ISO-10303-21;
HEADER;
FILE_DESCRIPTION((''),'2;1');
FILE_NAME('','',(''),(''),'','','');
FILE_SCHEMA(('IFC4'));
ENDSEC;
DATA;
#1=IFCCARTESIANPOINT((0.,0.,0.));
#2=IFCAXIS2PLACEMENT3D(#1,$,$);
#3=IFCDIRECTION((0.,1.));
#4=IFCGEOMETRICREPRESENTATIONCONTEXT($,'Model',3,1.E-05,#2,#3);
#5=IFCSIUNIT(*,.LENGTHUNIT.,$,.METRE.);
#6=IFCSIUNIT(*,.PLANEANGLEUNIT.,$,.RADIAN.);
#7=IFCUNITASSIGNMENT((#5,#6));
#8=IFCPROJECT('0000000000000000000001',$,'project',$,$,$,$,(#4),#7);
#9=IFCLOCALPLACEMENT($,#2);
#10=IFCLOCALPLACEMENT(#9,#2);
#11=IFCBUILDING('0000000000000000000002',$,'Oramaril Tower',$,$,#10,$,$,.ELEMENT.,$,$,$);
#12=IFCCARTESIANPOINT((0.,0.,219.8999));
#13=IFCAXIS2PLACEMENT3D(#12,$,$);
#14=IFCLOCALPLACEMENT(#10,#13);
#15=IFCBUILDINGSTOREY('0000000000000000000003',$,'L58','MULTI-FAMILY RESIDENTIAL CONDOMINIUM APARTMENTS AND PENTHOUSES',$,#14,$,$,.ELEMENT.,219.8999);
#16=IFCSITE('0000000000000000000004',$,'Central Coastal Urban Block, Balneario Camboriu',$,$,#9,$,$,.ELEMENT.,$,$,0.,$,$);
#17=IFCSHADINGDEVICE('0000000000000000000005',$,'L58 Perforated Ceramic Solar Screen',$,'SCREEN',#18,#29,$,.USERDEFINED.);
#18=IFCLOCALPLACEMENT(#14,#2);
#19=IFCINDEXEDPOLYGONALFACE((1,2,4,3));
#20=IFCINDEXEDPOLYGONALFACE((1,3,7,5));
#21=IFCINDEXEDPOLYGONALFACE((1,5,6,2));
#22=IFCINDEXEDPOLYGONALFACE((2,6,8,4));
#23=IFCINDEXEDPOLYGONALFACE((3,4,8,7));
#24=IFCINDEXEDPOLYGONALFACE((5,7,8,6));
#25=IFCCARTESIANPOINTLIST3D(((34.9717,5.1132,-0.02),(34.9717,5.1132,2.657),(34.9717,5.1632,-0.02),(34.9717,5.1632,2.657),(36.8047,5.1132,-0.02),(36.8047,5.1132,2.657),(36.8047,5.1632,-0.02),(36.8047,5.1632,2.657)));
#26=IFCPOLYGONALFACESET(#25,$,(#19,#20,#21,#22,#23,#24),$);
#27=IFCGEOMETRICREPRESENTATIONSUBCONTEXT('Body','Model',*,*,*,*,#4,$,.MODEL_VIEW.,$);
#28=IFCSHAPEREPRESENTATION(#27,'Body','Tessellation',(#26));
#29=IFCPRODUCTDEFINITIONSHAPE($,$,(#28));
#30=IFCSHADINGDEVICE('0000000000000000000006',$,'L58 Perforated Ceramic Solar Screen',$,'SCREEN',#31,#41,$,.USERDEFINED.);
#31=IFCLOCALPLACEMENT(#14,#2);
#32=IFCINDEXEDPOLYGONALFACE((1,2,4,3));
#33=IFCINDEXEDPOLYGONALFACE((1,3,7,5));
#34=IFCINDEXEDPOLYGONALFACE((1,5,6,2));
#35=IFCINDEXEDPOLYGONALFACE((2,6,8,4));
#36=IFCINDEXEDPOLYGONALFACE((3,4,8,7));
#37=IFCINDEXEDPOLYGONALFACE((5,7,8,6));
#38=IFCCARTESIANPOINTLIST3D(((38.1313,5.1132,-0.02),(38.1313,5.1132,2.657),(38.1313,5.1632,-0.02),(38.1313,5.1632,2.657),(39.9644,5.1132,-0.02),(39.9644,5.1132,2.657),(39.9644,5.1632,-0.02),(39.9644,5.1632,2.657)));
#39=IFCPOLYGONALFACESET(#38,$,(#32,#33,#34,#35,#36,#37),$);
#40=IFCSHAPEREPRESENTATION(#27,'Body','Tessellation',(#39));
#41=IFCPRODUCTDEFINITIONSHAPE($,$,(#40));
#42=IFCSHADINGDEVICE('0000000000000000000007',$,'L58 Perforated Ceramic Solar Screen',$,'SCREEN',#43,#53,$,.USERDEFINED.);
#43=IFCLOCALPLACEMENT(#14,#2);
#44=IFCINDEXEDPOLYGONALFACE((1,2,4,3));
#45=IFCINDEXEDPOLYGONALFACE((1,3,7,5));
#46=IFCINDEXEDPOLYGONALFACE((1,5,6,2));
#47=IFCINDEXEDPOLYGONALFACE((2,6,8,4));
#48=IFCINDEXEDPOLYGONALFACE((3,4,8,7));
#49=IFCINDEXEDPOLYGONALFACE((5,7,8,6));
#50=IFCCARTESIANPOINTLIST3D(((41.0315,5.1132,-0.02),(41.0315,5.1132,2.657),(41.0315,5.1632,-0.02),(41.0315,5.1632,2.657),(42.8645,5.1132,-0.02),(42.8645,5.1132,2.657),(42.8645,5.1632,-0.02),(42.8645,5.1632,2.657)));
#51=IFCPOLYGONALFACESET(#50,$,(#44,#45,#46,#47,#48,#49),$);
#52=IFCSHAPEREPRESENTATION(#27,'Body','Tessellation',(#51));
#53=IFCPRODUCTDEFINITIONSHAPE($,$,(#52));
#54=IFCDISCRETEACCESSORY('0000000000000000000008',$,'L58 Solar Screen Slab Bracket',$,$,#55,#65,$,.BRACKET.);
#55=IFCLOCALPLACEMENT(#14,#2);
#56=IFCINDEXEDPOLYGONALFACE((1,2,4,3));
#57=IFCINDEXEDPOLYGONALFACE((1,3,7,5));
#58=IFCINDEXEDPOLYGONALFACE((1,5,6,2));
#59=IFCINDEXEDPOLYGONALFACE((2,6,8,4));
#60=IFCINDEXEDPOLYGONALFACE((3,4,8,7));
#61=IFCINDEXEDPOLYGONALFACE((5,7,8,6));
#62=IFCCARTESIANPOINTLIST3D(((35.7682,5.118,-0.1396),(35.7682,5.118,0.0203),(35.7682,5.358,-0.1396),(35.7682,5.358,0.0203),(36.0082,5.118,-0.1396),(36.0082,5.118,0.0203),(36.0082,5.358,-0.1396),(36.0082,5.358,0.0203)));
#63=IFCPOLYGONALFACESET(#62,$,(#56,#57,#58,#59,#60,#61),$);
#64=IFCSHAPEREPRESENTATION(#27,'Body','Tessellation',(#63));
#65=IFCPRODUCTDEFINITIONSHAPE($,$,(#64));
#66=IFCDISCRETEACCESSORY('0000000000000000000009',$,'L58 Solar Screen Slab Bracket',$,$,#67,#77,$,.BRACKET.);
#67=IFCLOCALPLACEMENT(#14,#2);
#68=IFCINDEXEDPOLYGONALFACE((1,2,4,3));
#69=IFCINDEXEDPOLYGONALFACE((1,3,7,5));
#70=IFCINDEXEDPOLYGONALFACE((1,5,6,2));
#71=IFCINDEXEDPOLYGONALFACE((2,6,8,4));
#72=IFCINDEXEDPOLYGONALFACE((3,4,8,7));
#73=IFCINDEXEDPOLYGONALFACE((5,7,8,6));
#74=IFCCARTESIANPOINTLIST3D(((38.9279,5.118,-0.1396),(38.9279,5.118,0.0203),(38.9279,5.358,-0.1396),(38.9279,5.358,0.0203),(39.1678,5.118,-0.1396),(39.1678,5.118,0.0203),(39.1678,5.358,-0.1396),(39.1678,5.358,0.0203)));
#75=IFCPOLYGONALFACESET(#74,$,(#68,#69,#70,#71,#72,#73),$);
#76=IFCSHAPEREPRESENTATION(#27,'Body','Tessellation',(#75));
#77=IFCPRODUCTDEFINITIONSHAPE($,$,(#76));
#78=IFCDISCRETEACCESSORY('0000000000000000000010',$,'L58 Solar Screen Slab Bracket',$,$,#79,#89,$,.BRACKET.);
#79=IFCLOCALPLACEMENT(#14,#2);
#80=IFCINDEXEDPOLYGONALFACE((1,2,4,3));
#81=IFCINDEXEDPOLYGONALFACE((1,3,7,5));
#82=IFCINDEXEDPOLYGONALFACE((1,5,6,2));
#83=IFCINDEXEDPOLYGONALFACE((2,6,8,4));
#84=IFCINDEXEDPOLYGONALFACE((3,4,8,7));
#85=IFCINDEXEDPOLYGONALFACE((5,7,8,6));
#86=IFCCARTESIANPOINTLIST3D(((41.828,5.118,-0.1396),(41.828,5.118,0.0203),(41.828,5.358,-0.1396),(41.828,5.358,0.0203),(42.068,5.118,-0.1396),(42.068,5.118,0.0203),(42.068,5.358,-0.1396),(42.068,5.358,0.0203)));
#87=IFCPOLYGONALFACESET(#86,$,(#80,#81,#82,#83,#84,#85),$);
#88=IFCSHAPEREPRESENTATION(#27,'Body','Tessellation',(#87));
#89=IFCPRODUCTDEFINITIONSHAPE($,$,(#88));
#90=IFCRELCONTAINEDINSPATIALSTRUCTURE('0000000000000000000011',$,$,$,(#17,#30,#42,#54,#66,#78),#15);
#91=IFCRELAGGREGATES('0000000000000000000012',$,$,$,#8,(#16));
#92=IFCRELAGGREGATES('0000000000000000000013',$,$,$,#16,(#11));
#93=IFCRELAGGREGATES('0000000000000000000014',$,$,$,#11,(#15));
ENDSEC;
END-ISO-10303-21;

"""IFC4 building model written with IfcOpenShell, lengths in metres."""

from ifc_helpers import new_model, si_unit, direction, frame, origin, origin_2d, place, context, subcontext, project, spatial, rectangle, extrude, element, save


model = new_model("IFC4")

# Units and contexts
model_context = context("Model", 3, precision=1e-05, world=origin(), true_north=direction((0.0, 1.0)))
body_context = subcontext(model_context, "Body", "Model", "MODEL_VIEW")
ifc_project = project(units=[si_unit("LENGTHUNIT", "METRE"), si_unit("PLANEANGLEUNIT", "RADIAN")], contexts=[model_context])

# Site, building, storey
site_placement = place(None, origin())
site = spatial("IfcSite", under=ifc_project, at=site_placement, Name="Central Coastal Urban Block, Balneario Camboriu", CompositionType="ELEMENT", RefElevation=0.0)
building_placement = place(site_placement, origin())
building = spatial("IfcBuilding", under=site, at=building_placement, Name="Oramaril Tower", CompositionType="ELEMENT")
storey_placement = place(building_placement, frame((0.0, 0.0, 219.8999)))
storey = spatial("IfcBuildingStorey", under=building, at=storey_placement, Name="L58", Description="MULTI-FAMILY RESIDENTIAL CONDOMINIUM APARTMENTS AND PENTHOUSES", CompositionType="ELEMENT", Elevation=219.8999)

# Shading devices
for number, where, z_axis, x_axis, name in (
    (1, (35.8882, 5.1382, -0.02), (0.0, 0.0, 1.0), (1.0, 0.0, 0.0), "L58 Perforated Ceramic Solar Screen"),
    (2, (39.0479, 5.1382, -0.02), (0.0, 0.0, 1.0), (1.0, 0.0, 0.0), "L58 Perforated Ceramic Solar Screen"),
    (3, (41.948, 5.1382, -0.02), (0.0, 0.0, 1.0), (1.0, 0.0, 0.0), "L58 Perforated Ceramic Solar Screen"),
):
    element("IfcShadingDevice", number, at=place(storey_placement, frame(where, z_axis=z_axis, x_axis=x_axis)), inside=storey, Name=name, ObjectType="SCREEN", PredefinedType="USERDEFINED", context=body_context, shape_type="SweptSolid", body=[
        extrude(rectangle(XDim=1.833, YDim=0.05, at=origin_2d()), origin(), (0.0, 0.0, 1.0), 2.677),
    ])

# Discrete accessories
for number, where, z_axis, x_axis, name in (
    (4, (35.8882, 5.238, -0.1396), (0.0, 0.0, 1.0), (1.0, 0.0, 0.0), "L58 Solar Screen Slab Bracket"),
    (5, (39.0479, 5.238, -0.1396), (0.0, 0.0, 1.0), (1.0, 0.0, 0.0), "L58 Solar Screen Slab Bracket"),
    (6, (41.948, 5.238, -0.1396), (0.0, 0.0, 1.0), (1.0, 0.0, 0.0), "L58 Solar Screen Slab Bracket"),
):
    element("IfcDiscreteAccessory", number, at=place(storey_placement, frame(where, z_axis=z_axis, x_axis=x_axis)), inside=storey, Name=name, PredefinedType="BRACKET", context=body_context, shape_type="SweptSolid", body=[
        extrude(rectangle(XDim=0.24, YDim=0.24, at=origin_2d()), origin(), (0.0, 0.0, 1.0), 0.1599),
    ])

save(model, "model.ifc")
